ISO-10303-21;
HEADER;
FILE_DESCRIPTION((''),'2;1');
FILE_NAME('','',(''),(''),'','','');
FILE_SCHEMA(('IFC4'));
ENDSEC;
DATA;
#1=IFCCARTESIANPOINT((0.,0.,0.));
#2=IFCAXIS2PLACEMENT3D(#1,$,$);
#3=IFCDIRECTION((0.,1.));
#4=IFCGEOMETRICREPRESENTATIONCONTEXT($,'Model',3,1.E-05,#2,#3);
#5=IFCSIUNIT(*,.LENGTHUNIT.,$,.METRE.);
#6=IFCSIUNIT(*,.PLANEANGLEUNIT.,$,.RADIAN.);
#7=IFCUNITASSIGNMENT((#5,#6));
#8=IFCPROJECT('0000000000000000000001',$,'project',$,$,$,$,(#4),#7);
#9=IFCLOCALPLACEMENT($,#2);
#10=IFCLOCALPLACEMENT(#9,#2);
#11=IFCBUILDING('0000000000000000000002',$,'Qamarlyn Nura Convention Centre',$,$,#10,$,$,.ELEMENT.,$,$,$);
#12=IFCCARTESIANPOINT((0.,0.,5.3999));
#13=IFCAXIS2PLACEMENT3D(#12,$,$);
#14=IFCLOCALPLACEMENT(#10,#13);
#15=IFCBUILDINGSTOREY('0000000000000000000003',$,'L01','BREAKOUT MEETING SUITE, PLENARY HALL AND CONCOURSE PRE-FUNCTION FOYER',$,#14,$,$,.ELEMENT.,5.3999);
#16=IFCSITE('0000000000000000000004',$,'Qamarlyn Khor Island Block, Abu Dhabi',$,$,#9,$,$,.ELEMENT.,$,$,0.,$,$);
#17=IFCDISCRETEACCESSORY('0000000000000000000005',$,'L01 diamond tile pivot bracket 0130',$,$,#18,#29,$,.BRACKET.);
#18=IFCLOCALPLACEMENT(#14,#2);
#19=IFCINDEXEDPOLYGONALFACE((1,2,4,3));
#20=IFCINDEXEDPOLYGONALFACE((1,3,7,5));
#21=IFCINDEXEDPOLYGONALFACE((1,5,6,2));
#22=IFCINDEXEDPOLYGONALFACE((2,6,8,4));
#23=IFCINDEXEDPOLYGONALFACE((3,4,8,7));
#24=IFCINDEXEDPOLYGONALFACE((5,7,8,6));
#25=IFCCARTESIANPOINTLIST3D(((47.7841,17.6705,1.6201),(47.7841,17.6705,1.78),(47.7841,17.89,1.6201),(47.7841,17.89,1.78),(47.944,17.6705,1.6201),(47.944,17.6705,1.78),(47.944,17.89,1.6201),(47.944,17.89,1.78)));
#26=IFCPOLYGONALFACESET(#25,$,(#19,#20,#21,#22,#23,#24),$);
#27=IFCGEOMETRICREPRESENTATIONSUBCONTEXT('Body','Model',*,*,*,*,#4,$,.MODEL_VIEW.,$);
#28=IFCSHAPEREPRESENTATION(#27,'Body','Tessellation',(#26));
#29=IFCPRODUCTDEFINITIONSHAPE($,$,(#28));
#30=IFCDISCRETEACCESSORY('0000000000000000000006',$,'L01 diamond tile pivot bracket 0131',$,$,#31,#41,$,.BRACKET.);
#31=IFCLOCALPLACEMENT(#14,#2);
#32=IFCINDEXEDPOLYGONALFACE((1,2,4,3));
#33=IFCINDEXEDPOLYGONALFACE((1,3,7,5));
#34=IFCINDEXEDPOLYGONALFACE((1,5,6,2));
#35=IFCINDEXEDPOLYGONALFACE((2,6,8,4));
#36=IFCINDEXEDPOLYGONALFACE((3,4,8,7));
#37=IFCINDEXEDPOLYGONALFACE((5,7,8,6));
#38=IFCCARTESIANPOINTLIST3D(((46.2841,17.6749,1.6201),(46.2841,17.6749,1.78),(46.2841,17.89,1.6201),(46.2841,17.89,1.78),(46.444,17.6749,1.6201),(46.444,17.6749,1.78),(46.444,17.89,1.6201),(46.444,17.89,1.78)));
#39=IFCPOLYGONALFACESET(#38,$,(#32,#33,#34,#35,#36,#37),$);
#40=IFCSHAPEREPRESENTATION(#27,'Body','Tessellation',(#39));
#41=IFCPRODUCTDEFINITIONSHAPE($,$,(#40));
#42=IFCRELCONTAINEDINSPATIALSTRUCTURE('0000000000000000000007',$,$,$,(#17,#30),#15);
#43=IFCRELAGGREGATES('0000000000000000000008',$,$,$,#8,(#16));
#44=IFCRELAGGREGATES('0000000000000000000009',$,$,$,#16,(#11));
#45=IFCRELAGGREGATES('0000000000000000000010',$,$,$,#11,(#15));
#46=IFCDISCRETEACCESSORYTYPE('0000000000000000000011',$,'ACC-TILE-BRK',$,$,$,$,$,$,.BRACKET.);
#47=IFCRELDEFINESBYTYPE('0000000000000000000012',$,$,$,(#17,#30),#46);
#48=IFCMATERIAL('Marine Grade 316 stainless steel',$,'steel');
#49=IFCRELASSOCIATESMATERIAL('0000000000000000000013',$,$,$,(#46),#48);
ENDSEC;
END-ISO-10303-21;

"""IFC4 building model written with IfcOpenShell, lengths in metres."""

from ifc_helpers import new_model, si_unit, direction, frame, origin, origin_2d, place, context, subcontext, project, spatial, rectangle, extrude, material, type_object, element, save


model = new_model("IFC4")

# Units and contexts
model_context = context("Model", 3, precision=1e-05, world=origin(), true_north=direction((0.0, 1.0)))
body_context = subcontext(model_context, "Body", "Model", "MODEL_VIEW")
ifc_project = project(units=[si_unit("LENGTHUNIT", "METRE"), si_unit("PLANEANGLEUNIT", "RADIAN")], contexts=[model_context])

# Site, building, storey
site_placement = place(None, origin())
site = spatial("IfcSite", under=ifc_project, at=site_placement, Name="Qamarlyn Khor Island Block, Abu Dhabi", CompositionType="ELEMENT", RefElevation=0.0)
building_placement = place(site_placement, origin())
building = spatial("IfcBuilding", under=site, at=building_placement, Name="Qamarlyn Nura Convention Centre", CompositionType="ELEMENT")
storey_placement = place(building_placement, frame((0.0, 0.0, 5.3999)))
storey = spatial("IfcBuildingStorey", under=building, at=storey_placement, Name="L01", Description="BREAKOUT MEETING SUITE, PLENARY HALL AND CONCOURSE PRE-FUNCTION FOYER", CompositionType="ELEMENT", Elevation=5.3999)

# Discrete accessories
ifc_material_1 = material(Name="Marine Grade 316 stainless steel", Category="steel")
discrete_accessory_type_1 = type_object("IfcDiscreteAccessoryType", Name="ACC-TILE-BRK", PredefinedType="BRACKET", material=ifc_material_1)
discrete_accessory_1_placement = place(storey_placement, frame((47.864, 17.7803, 1.6201), z_axis=(0.0, 0.0, 1.0), x_axis=(0.0, -1.0, 0.0)))
element("IfcDiscreteAccessory", 1, at=discrete_accessory_1_placement, inside=storey, type_object=discrete_accessory_type_1, Name="L01 diamond tile pivot bracket 0130", PredefinedType="BRACKET", context=body_context, shape_type="SweptSolid", body=[
    extrude(rectangle(XDim=0.2195, YDim=0.1599, at=origin_2d()), origin(), (0.0, 0.0, 1.0), 0.1599),
])
discrete_accessory_2_placement = place(storey_placement, frame((46.364, 17.7825, 1.6201), z_axis=(0.0, 0.0, 1.0), x_axis=(0.0, -1.0, 0.0)))
element("IfcDiscreteAccessory", 2, at=discrete_accessory_2_placement, inside=storey, type_object=discrete_accessory_type_1, Name="L01 diamond tile pivot bracket 0131", PredefinedType="BRACKET", context=body_context, shape_type="SweptSolid", body=[
    extrude(rectangle(XDim=0.2151, YDim=0.1599, at=origin_2d()), origin(), (0.0, 0.0, 1.0), 0.1599),
])

save(model, "model.ifc")
